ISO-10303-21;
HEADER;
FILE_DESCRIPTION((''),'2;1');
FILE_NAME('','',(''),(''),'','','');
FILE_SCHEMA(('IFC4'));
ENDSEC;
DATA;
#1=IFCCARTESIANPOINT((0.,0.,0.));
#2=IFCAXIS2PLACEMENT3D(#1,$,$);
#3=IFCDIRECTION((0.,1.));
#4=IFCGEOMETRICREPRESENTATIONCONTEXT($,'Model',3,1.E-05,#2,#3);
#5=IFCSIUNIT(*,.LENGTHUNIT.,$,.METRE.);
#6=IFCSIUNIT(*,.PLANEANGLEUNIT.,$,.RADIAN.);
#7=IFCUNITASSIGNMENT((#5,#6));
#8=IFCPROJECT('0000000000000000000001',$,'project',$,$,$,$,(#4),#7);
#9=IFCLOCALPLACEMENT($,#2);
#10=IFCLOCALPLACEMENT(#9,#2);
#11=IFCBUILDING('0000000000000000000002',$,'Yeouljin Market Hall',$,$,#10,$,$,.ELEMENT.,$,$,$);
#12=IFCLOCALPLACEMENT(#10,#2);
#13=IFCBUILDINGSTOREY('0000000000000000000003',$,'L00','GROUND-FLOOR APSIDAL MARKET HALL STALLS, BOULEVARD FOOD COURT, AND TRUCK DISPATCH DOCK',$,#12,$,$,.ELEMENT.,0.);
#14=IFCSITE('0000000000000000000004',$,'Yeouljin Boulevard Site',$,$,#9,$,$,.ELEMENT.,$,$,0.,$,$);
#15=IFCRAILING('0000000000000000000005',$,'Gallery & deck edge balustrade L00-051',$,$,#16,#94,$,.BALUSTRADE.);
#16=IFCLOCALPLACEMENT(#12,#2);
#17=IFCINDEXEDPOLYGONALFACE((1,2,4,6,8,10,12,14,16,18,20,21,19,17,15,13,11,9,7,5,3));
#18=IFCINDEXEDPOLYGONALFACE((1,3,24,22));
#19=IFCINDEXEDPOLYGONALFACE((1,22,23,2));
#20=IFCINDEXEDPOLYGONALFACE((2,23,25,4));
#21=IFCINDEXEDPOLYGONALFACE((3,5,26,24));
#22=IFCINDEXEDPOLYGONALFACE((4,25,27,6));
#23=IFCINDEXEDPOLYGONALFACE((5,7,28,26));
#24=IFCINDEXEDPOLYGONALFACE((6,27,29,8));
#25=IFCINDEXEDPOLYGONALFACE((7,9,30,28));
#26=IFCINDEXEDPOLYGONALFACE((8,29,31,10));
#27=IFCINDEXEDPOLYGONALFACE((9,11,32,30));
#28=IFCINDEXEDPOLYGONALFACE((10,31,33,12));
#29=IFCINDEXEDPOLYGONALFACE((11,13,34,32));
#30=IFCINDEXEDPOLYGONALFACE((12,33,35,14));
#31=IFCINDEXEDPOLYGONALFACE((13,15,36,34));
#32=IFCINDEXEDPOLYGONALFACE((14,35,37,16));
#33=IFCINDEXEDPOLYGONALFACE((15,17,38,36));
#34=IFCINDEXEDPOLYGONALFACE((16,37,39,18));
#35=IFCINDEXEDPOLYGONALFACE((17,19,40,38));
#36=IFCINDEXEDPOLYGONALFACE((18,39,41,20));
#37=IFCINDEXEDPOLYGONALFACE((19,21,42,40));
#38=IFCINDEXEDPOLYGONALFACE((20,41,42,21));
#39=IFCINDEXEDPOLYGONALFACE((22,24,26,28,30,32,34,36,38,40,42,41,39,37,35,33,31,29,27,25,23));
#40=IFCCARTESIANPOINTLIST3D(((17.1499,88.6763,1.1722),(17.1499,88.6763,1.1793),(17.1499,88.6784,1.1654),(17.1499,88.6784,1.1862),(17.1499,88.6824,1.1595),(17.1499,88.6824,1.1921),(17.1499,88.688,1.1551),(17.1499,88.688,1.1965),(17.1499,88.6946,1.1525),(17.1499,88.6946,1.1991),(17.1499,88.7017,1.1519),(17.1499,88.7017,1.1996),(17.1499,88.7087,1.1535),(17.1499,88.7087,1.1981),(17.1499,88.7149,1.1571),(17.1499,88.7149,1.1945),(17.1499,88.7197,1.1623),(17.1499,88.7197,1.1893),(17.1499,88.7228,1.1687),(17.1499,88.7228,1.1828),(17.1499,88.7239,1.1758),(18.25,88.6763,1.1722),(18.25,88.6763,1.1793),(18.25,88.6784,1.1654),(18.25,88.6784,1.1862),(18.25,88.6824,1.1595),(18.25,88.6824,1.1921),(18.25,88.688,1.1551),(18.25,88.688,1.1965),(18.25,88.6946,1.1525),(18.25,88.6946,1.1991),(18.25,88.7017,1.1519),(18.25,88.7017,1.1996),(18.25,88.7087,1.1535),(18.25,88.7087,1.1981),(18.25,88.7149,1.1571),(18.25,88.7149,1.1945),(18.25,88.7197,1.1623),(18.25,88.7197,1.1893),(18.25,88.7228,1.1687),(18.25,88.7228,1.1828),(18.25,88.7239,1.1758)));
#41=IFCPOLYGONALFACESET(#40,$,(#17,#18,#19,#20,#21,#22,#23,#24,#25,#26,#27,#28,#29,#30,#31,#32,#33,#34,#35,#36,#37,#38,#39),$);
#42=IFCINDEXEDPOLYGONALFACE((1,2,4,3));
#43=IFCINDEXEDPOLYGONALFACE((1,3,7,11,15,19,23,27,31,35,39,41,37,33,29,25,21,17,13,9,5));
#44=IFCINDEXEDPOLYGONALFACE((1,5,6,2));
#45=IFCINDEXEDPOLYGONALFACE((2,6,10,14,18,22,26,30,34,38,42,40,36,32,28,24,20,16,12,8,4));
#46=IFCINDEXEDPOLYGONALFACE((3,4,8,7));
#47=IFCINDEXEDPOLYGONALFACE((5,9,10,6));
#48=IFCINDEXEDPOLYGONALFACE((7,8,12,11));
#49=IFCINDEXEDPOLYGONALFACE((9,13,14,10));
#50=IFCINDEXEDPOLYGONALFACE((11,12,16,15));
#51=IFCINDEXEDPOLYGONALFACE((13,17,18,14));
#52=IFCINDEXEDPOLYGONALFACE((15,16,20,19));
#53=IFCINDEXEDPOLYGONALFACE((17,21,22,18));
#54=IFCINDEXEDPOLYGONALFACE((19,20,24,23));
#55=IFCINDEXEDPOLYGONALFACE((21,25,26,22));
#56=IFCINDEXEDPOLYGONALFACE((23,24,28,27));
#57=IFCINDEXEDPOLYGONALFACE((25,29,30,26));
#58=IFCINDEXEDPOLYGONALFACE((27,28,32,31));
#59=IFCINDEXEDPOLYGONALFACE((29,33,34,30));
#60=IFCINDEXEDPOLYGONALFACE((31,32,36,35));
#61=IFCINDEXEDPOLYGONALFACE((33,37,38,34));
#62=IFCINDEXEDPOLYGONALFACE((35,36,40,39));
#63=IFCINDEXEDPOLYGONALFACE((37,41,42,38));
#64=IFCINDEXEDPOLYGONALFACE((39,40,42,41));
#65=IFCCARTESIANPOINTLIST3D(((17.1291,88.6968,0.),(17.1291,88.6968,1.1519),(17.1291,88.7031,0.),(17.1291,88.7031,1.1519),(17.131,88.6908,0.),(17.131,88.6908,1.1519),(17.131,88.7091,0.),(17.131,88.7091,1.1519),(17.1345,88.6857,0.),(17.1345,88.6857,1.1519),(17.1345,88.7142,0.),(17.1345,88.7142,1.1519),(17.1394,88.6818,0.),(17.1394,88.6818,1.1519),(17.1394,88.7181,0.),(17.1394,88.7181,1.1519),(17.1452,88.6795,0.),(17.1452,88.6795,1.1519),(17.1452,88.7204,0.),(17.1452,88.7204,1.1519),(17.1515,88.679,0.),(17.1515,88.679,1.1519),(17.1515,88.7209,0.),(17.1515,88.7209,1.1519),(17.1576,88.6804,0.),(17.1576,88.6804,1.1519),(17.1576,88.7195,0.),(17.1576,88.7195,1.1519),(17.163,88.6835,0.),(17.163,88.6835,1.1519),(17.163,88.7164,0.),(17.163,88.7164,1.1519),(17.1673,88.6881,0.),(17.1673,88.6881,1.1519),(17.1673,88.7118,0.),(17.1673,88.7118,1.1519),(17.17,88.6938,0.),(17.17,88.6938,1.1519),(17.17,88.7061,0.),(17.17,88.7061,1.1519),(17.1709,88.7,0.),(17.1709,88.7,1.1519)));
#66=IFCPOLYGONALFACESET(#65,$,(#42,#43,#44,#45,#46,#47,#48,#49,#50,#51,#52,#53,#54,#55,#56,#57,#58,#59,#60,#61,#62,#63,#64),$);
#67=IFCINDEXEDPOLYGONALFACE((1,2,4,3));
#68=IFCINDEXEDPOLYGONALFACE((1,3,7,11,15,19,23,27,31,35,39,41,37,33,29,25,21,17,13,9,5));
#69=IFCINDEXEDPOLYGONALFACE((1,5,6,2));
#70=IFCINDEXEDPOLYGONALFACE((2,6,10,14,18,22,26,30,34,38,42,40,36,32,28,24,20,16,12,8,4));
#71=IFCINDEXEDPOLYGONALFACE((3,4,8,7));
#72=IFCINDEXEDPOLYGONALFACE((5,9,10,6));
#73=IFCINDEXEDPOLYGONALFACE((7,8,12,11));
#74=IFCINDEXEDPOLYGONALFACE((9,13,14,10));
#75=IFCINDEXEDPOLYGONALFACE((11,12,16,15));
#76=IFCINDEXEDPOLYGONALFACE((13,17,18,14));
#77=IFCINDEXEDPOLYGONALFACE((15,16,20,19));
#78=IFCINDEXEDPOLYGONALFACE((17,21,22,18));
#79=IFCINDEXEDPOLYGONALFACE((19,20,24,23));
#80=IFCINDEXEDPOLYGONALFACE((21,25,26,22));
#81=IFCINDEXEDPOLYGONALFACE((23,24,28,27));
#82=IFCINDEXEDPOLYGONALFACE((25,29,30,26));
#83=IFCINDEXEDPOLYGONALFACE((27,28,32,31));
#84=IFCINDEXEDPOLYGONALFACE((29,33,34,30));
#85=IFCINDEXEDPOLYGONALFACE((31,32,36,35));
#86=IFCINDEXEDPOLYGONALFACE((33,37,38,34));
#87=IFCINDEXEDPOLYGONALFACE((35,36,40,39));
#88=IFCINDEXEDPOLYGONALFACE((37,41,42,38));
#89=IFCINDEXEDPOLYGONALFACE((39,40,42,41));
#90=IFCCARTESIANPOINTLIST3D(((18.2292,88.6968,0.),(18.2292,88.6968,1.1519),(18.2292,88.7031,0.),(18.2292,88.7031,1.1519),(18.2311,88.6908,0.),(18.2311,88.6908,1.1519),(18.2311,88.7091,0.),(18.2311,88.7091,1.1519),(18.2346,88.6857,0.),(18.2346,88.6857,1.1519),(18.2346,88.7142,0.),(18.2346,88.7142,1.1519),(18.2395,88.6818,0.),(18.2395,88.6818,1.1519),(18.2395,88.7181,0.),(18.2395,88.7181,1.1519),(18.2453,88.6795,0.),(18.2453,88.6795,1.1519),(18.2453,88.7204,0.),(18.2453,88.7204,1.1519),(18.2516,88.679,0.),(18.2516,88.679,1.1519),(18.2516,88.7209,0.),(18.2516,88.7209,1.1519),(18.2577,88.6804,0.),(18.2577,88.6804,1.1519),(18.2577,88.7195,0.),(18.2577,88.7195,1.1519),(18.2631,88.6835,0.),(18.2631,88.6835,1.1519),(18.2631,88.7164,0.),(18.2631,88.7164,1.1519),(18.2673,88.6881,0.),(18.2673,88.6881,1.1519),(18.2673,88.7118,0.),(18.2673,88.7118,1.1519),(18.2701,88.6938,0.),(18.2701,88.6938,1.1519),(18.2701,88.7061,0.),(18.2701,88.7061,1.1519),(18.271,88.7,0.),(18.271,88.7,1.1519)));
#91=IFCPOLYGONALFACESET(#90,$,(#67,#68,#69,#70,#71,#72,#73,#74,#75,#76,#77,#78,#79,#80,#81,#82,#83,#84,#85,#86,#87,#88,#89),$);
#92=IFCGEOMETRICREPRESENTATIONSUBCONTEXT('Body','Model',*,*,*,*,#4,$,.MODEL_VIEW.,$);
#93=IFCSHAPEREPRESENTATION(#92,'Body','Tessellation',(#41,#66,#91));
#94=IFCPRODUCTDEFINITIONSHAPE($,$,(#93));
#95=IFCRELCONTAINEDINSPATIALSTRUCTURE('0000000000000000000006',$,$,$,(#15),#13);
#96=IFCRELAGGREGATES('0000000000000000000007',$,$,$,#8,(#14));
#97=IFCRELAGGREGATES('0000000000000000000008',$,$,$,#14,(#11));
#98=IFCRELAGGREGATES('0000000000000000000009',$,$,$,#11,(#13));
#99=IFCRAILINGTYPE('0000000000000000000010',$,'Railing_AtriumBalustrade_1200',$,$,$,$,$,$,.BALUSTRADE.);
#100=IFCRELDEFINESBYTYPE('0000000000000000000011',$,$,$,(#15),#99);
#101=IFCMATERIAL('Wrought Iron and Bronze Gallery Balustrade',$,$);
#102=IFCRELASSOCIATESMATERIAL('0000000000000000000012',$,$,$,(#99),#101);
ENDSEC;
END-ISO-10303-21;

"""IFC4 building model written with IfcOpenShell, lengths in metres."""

from ifc_helpers import new_model, si_unit, direction, frame, origin, origin_2d, place, context, subcontext, project, spatial, circle, extrude, material, type_object, element, save


model = new_model("IFC4")

# Units and contexts
model_context = context("Model", 3, precision=1e-05, world=origin(), true_north=direction((0.0, 1.0)))
body_context = subcontext(model_context, "Body", "Model", "MODEL_VIEW")
ifc_project = project(units=[si_unit("LENGTHUNIT", "METRE"), si_unit("PLANEANGLEUNIT", "RADIAN")], contexts=[model_context])

# Site, building, storey
site_placement = place(None, origin())
site = spatial("IfcSite", under=ifc_project, at=site_placement, Name="Yeouljin Boulevard Site", CompositionType="ELEMENT", RefElevation=0.0)
building_placement = place(site_placement, origin())
building = spatial("IfcBuilding", under=site, at=building_placement, Name="Yeouljin Market Hall", CompositionType="ELEMENT")
storey_placement = place(building_placement, origin())
storey = spatial("IfcBuildingStorey", under=building, at=storey_placement, Name="L00", Description="GROUND-FLOOR APSIDAL MARKET HALL STALLS, BOULEVARD FOOD COURT, AND TRUCK DISPATCH DOCK", CompositionType="ELEMENT", Elevation=0.0)

# Railing
ifc_material_1 = material(Name="Wrought Iron and Bronze Gallery Balustrade")
railing_type_1 = type_object("IfcRailingType", Name="Railing_AtriumBalustrade_1200", PredefinedType="BALUSTRADE", material=ifc_material_1)
railing_1_placement = place(storey_placement, frame((17.1499, 88.7, 0.0)))
element("IfcRailing", 1, at=railing_1_placement, inside=storey, type_object=railing_type_1, Name="Gallery & deck edge balustrade L00-051", PredefinedType="BALUSTRADE", context=body_context, shape_type="SweptSolid", body=[
    extrude(circle(Radius=0.0239, at=origin_2d()), frame((0.0, 0.0, 1.1758), z_axis=(1.0, 0.0, 0.0), x_axis=(0.0, 1.0, 0.0)), (0.0, 0.0, 1.0), 1.1001),
    extrude(circle(Radius=0.021, at=origin_2d()), origin(), (0.0, 0.0, 1.0), 1.1519),
    extrude(circle(Radius=0.021, at=origin_2d()), frame((1.1001, 0.0, 0.0)), (0.0, 0.0, 1.0), 1.1519),
])

save(model, "model.ifc")
